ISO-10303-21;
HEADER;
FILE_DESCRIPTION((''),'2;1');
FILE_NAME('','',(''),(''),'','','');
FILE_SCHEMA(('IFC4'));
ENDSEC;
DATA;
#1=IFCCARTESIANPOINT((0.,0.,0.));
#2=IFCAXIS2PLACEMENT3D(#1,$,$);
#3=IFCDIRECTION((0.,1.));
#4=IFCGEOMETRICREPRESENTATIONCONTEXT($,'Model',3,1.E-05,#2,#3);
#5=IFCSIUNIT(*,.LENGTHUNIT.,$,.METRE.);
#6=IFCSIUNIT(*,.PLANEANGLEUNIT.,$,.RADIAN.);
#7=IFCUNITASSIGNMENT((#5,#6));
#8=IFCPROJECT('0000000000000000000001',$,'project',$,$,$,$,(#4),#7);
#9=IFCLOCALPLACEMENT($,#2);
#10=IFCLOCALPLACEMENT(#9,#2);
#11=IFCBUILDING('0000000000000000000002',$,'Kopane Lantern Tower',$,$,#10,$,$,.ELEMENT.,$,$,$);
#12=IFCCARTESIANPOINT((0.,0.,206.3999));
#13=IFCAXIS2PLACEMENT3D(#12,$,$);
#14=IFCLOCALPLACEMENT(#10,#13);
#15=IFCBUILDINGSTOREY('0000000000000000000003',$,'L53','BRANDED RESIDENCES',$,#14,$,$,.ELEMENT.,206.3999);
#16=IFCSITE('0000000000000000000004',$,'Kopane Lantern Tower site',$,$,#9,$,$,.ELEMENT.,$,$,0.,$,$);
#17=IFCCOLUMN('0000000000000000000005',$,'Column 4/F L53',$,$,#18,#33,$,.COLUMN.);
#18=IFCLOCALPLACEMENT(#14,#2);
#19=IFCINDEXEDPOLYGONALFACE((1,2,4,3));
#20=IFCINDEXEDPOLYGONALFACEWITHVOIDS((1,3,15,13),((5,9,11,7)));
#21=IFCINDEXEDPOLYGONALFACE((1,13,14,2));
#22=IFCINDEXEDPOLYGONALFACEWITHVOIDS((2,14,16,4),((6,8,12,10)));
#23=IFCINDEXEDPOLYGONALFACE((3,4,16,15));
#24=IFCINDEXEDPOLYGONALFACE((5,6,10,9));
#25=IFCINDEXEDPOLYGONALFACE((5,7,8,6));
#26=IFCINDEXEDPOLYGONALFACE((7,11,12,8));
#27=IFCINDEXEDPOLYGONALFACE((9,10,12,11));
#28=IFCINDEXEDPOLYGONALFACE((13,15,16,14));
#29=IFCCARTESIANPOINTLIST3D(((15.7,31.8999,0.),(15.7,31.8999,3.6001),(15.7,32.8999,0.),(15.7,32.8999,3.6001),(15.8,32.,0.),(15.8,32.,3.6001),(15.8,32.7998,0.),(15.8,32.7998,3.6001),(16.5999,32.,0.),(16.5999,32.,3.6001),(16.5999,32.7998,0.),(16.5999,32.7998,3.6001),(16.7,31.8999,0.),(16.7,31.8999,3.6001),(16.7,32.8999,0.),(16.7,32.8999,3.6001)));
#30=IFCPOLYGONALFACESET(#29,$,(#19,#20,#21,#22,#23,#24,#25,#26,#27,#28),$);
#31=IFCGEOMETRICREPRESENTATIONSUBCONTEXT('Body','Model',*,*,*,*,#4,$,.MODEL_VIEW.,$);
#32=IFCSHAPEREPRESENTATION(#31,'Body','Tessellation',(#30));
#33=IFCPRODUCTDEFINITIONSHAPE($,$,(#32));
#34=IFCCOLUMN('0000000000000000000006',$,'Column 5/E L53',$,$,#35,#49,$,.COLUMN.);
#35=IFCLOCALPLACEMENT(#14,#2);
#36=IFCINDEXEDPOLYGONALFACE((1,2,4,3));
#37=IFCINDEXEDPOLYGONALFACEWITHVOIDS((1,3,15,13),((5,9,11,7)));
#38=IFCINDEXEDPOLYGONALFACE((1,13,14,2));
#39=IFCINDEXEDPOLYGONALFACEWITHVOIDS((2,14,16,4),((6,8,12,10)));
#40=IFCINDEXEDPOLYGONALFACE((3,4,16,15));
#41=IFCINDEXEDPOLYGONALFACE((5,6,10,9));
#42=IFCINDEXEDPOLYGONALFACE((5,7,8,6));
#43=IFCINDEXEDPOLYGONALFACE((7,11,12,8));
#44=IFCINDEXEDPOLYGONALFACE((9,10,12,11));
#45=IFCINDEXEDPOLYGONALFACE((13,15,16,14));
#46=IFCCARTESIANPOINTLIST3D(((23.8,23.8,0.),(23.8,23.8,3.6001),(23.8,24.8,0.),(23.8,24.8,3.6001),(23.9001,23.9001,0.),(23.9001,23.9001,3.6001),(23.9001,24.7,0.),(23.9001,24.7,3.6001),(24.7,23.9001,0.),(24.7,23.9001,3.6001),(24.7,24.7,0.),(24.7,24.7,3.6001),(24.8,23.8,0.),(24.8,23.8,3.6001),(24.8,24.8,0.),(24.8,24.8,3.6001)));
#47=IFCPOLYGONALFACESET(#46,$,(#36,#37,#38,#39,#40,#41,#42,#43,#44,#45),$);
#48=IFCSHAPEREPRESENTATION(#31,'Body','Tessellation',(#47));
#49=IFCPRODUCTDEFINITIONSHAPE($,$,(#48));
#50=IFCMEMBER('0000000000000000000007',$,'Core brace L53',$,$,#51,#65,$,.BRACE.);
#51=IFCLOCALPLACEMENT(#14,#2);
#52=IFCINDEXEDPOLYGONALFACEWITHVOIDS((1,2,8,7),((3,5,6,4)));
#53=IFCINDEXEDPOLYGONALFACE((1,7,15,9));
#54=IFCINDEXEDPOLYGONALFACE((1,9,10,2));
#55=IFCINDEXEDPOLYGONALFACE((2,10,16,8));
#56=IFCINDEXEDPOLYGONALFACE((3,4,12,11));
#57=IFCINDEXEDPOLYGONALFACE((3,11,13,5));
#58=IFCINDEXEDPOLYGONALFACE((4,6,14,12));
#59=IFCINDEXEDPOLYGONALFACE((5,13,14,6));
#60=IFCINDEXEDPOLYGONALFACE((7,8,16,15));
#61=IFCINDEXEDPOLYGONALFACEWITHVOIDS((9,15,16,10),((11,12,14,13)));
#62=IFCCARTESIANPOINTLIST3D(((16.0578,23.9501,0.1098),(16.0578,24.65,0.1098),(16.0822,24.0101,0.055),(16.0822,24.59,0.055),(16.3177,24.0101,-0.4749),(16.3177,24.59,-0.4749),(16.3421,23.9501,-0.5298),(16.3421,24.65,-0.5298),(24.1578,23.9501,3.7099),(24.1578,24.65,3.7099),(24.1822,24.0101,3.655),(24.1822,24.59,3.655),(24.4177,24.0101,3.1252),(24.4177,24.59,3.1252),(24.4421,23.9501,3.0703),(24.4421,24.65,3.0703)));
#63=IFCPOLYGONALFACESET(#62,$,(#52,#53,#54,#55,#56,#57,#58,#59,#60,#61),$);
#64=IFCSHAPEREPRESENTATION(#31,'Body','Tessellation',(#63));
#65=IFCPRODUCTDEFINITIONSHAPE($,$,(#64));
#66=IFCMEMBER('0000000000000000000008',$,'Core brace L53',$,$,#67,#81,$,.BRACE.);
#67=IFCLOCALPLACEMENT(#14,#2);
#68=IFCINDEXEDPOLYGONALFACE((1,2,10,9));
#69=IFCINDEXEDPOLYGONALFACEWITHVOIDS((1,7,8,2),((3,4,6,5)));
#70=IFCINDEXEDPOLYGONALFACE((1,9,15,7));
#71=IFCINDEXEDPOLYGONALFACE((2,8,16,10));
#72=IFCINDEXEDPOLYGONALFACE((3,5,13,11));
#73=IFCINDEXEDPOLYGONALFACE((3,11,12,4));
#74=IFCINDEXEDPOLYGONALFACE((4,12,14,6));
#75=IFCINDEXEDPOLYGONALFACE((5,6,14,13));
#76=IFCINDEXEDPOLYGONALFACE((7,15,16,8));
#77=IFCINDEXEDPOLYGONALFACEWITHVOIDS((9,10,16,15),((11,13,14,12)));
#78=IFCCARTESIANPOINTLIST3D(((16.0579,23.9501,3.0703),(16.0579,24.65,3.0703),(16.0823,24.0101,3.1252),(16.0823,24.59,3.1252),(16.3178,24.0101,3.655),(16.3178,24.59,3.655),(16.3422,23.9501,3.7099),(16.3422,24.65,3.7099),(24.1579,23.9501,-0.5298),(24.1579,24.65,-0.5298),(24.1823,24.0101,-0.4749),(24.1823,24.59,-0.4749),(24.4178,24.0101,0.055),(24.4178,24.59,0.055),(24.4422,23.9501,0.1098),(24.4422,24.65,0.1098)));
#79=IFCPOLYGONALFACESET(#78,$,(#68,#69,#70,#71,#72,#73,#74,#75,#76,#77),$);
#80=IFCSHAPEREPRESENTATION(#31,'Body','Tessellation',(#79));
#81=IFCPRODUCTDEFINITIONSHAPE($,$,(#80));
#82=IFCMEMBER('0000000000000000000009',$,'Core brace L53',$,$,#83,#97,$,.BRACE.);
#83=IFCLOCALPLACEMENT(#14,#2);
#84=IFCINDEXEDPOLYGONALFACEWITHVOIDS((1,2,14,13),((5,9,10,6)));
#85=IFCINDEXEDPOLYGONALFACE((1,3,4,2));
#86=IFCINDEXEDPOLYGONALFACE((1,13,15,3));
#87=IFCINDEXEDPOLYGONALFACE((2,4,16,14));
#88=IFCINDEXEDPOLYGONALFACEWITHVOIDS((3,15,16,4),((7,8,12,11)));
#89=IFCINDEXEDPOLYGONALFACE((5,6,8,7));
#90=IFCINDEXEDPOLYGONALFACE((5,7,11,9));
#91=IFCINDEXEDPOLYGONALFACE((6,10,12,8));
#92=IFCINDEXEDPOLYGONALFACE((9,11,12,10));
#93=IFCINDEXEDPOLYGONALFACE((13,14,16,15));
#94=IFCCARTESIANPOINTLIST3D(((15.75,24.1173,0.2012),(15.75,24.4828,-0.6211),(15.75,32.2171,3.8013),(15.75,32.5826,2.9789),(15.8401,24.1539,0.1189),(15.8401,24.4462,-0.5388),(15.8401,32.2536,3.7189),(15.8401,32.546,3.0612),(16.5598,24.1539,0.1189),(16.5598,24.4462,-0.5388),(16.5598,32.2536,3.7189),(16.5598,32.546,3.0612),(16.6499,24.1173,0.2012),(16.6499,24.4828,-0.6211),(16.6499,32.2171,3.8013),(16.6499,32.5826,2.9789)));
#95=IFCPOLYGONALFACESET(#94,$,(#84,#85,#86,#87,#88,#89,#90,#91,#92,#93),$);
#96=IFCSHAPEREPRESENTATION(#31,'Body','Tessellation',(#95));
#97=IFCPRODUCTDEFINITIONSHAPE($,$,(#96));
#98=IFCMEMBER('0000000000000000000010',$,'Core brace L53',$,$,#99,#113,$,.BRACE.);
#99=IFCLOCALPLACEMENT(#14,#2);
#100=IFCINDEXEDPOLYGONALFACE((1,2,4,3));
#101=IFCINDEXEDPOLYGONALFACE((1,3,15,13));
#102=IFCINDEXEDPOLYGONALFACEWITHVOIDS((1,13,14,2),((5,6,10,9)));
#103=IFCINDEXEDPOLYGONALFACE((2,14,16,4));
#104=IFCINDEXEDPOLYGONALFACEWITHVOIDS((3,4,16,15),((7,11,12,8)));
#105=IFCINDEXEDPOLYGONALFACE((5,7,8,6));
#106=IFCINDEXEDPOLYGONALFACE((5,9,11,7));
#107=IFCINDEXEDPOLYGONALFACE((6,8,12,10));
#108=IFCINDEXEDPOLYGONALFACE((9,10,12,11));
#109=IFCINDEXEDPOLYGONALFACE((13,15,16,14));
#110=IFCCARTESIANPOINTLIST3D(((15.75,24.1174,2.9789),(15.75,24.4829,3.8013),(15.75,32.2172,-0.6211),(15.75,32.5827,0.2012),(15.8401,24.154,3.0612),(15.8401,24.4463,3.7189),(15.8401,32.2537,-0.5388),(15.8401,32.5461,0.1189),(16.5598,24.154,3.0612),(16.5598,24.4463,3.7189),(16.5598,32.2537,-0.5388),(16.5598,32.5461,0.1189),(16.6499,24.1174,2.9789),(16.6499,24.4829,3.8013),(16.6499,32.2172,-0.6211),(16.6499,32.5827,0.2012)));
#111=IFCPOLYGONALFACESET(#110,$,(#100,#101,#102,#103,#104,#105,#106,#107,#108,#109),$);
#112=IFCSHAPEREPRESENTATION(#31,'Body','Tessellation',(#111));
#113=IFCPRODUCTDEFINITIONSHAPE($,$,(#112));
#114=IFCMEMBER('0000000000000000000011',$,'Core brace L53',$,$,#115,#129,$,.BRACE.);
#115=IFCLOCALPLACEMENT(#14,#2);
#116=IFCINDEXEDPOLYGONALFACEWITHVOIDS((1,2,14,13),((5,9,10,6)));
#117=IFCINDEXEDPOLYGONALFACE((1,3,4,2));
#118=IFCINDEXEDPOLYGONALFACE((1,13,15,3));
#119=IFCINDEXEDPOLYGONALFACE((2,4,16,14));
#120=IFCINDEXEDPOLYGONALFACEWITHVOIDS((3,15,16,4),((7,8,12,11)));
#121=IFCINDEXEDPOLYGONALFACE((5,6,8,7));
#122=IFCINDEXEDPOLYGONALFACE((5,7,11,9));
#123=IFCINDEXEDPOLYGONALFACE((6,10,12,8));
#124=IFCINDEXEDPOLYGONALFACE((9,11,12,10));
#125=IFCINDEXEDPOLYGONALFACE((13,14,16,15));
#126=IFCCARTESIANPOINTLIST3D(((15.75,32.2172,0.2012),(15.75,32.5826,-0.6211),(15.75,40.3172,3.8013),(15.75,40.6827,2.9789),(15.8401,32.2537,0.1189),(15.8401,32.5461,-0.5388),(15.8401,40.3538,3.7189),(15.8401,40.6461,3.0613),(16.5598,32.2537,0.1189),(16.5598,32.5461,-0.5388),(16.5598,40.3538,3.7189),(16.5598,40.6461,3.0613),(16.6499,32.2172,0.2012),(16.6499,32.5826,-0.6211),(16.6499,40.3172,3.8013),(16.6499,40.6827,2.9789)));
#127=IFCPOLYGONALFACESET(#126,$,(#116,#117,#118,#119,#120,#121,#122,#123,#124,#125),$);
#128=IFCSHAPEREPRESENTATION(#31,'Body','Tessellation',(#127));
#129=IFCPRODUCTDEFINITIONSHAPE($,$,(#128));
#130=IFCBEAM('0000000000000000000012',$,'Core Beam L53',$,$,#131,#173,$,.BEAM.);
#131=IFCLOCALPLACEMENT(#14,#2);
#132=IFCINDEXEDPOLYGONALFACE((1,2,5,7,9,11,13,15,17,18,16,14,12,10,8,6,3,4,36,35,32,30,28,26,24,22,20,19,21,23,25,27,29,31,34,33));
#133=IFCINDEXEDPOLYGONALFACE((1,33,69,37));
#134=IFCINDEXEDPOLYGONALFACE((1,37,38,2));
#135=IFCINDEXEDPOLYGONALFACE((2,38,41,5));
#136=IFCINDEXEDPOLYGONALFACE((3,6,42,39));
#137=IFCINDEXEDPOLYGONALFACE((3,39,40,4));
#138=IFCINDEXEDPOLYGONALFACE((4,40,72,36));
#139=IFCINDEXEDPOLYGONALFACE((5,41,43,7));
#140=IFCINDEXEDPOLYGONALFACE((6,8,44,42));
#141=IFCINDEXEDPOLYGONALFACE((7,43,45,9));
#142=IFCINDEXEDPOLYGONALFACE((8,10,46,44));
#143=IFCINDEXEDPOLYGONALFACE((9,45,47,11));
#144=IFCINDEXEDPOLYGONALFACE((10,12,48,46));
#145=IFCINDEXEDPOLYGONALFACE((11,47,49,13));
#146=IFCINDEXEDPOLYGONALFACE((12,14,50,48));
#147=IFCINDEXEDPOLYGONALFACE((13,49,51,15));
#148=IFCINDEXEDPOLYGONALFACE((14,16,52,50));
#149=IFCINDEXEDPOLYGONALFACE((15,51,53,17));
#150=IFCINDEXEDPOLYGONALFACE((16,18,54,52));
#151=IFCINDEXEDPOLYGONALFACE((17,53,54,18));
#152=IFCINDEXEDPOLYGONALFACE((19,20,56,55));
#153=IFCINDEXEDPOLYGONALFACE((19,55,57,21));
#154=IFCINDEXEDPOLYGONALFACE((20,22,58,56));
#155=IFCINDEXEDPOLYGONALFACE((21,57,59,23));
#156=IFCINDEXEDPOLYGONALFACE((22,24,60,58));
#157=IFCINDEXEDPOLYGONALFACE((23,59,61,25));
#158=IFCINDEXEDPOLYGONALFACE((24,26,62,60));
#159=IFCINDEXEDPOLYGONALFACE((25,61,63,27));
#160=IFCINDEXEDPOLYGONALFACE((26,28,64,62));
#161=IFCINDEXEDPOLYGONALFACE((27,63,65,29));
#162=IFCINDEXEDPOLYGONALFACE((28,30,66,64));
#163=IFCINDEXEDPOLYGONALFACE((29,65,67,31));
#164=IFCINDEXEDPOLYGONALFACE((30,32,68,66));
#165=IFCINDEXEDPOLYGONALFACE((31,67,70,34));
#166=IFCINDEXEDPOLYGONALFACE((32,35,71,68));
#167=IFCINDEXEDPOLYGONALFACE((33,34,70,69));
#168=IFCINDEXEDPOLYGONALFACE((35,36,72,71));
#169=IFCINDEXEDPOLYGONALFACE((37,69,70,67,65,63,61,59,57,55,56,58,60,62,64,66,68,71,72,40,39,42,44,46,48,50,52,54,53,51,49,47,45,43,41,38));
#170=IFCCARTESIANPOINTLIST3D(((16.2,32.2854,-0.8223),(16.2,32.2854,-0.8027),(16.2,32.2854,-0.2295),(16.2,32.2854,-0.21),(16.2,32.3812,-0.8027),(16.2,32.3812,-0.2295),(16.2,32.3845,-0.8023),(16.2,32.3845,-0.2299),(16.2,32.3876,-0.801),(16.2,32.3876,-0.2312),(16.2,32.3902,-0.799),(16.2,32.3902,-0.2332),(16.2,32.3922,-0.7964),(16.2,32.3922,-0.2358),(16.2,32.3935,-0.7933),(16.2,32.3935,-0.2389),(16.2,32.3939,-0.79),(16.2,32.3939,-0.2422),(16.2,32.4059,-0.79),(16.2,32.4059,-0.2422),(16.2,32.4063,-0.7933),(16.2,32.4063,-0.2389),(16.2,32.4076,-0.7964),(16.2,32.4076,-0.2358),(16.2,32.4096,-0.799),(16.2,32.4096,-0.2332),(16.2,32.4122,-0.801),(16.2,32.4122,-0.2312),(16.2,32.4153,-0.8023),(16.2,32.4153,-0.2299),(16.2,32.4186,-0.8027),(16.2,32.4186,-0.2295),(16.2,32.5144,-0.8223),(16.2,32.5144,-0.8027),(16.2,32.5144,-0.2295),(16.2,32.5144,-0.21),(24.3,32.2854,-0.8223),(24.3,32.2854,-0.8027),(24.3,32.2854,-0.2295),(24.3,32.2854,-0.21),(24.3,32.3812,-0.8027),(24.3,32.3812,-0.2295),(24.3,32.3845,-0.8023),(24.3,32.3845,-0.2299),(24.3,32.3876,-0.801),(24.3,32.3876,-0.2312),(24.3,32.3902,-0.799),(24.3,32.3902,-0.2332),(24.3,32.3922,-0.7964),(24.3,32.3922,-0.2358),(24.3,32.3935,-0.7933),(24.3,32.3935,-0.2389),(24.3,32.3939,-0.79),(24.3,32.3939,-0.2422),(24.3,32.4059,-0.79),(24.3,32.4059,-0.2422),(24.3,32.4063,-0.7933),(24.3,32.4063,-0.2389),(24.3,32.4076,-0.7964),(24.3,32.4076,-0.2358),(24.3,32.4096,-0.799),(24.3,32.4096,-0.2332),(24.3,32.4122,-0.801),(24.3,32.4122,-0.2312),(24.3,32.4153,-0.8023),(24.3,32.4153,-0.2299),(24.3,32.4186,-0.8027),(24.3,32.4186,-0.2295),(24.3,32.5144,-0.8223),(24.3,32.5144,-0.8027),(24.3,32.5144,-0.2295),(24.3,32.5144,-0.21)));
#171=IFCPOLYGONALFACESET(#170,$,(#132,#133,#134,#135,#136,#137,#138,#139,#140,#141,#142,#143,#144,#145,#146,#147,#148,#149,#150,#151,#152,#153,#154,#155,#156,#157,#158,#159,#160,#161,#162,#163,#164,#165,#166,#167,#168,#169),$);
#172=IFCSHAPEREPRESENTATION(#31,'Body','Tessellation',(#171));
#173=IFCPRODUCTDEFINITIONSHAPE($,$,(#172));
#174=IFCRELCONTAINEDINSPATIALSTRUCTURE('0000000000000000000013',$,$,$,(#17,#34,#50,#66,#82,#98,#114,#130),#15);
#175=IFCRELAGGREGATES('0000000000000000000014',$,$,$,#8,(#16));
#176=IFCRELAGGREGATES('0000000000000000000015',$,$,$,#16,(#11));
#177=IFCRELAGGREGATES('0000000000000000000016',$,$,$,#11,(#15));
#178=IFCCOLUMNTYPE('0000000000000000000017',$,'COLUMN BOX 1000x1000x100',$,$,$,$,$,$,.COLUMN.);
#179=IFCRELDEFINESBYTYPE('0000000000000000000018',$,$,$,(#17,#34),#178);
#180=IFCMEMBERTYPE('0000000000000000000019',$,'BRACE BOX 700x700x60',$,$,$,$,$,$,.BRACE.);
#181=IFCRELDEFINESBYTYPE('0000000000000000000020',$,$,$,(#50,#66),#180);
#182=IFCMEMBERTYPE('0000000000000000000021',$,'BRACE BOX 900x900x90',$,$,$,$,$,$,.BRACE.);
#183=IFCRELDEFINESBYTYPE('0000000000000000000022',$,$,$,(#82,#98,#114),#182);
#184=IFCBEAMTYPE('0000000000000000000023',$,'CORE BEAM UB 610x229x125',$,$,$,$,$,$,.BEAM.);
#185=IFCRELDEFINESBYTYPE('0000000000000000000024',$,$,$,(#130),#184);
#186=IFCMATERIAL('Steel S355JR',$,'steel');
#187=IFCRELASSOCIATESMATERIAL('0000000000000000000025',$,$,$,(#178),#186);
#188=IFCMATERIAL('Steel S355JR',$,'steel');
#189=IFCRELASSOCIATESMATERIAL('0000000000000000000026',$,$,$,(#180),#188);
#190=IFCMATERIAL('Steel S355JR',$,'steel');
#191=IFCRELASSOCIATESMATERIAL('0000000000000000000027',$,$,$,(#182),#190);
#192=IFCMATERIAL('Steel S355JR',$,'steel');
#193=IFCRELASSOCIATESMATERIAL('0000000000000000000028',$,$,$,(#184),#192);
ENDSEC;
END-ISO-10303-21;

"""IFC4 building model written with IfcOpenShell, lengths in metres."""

from ifc_helpers import new_model, si_unit, direction, frame, origin, origin_2d, place, context, subcontext, project, spatial, hollow_rectangle, i_section, extrude, material, material_profile, profile_set, type_object, element, save


model = new_model("IFC4")

# Units and contexts
model_context = context("Model", 3, precision=1e-05, world=origin(), true_north=direction((0.0, 1.0)))
body_context = subcontext(model_context, "Body", "Model", "MODEL_VIEW")
ifc_project = project(units=[si_unit("LENGTHUNIT", "METRE"), si_unit("PLANEANGLEUNIT", "RADIAN")], contexts=[model_context])

# Site, building, storey
site_placement = place(None, origin())
site = spatial("IfcSite", under=ifc_project, at=site_placement, Name="Kopane Lantern Tower site", CompositionType="ELEMENT", RefElevation=0.0)
building_placement = place(site_placement, origin())
building = spatial("IfcBuilding", under=site, at=building_placement, Name="Kopane Lantern Tower", CompositionType="ELEMENT")
storey_placement = place(building_placement, frame((0.0, 0.0, 206.3999)))
storey = spatial("IfcBuildingStorey", under=building, at=storey_placement, Name="L53", Description="BRANDED RESIDENCES", CompositionType="ELEMENT", Elevation=206.3999)

# Columns
ifc_material_1 = material(Name="Steel S355JR", Category="steel")
ifc_material_profile_1 = material_profile(ifc_material_1, hollow_rectangle(XDim=1.0, YDim=1.0, WallThickness=0.1001, at=origin_2d()), Name="BOX 1000x1000x100")
ifc_profile_set_1 = profile_set([ifc_material_profile_1], Name="Steel S355JR")
column_type = type_object("IfcColumnType", Name="COLUMN BOX 1000x1000x100", PredefinedType="COLUMN", material=ifc_profile_set_1)
for number, where, z_axis, x_axis, name in (
    (1, (16.2, 32.3999, 0.0), (0.0, 0.0, 1.0), (1.0, 0.0, 0.0), "Column 4/F L53"),
    (2, (24.3, 24.3, 0.0), (0.0, 0.0, 1.0), (1.0, 0.0, 0.0), "Column 5/E L53"),
):
    element("IfcColumn", number, at=place(storey_placement, frame(where, z_axis=z_axis, x_axis=x_axis)), inside=storey, type_object=column_type, Name=name, PredefinedType="COLUMN", context=body_context, shape_type="SweptSolid", body=[
        extrude(hollow_rectangle(XDim=1.0, YDim=1.0, WallThickness=0.1001, at=origin_2d()), origin(), (0.0, 0.0, 1.0), 3.6001),
    ])

# Members
ifc_material_2 = material(Name="Steel S355JR", Category="steel")
ifc_material_profile_2 = material_profile(ifc_material_2, hollow_rectangle(XDim=0.7, YDim=0.7, WallThickness=0.0601, at=origin_2d()), Name="BOX 700x700x60")
ifc_profile_set_2 = profile_set([ifc_material_profile_2], Name="Steel S355JR")
member_type_1 = type_object("IfcMemberType", Name="BRACE BOX 700x700x60", PredefinedType="BRACE", material=ifc_profile_set_2)
for number, where, z_axis, x_axis, name in (
    (3, (16.2, 24.3, -0.21), (0.913809, 0.0, 0.406144), (0.0, 1.0, 0.0), "Core brace L53"),
    (4, (24.3, 24.3, -0.21), (-0.913809, 0.0, 0.406144), (0.0, -1.0, 0.0), "Core brace L53"),
):
    element("IfcMember", number, at=place(storey_placement, frame(where, z_axis=z_axis, x_axis=x_axis)), inside=storey, type_object=member_type_1, Name=name, PredefinedType="BRACE", context=body_context, shape_type="SweptSolid", body=[
        extrude(hollow_rectangle(XDim=0.7, YDim=0.7, WallThickness=0.0601, at=origin_2d()), origin(), (0.0, 0.0, 1.0), 8.864),
    ])
ifc_material_3 = material(Name="Steel S355JR", Category="steel")
ifc_material_profile_3 = material_profile(ifc_material_3, hollow_rectangle(XDim=0.8999, YDim=0.8999, WallThickness=0.0901, at=origin_2d()), Name="BOX 900x900x90")
ifc_profile_set_3 = profile_set([ifc_material_profile_3], Name="Steel S355JR")
member_type_2 = type_object("IfcMemberType", Name="BRACE BOX 900x900x90", PredefinedType="BRACE", material=ifc_profile_set_3)
for number, where, z_axis, x_axis, name in (
    (5, (16.2, 24.3, -0.21), (0.0, 0.913805, 0.406154), (-1.0, 0.0, 0.0), "Core brace L53"),
    (6, (16.2, 32.3999, -0.21), (0.0, -0.913805, 0.406154), (1.0, 0.0, 0.0), "Core brace L53"),
):
    element("IfcMember", number, at=place(storey_placement, frame(where, z_axis=z_axis, x_axis=x_axis)), inside=storey, type_object=member_type_2, Name=name, PredefinedType="BRACE", context=body_context, shape_type="SweptSolid", body=[
        extrude(hollow_rectangle(XDim=0.8999, YDim=0.8999, WallThickness=0.0901, at=origin_2d()), origin(), (0.0, 0.0, 1.0), 8.8638),
    ])
member_placement = place(storey_placement, frame((16.2, 32.3999, -0.21), z_axis=(0.0, 0.913809, 0.406144), x_axis=(-1.0, 0.0, 0.0)))
element("IfcMember", 7, at=member_placement, inside=storey, type_object=member_type_2, Name="Core brace L53", PredefinedType="BRACE", context=body_context, shape_type="SweptSolid", body=[
    extrude(hollow_rectangle(XDim=0.8999, YDim=0.8999, WallThickness=0.0901, at=origin_2d()), origin(), (0.0, 0.0, 1.0), 8.864),
])

# Beam
ifc_material_4 = material(Name="Steel S355JR", Category="steel")
ifc_material_profile_4 = material_profile(ifc_material_4, i_section(OverallWidth=0.229, OverallDepth=0.6123, WebThickness=0.012, FlangeThickness=0.0195, FilletRadius=0.0127, at=origin_2d()), Name="UB 610x229x125")
ifc_profile_set_4 = profile_set([ifc_material_profile_4], Name="Steel S355JR")
beam_type_1 = type_object("IfcBeamType", Name="CORE BEAM UB 610x229x125", PredefinedType="BEAM", material=ifc_profile_set_4)
beam_1_placement = place(storey_placement, frame((16.2, 32.3999, -0.5161), z_axis=(1.0, 0.0, 0.0), x_axis=(0.0, 1.0, 0.0)))
element("IfcBeam", 8, at=beam_1_placement, inside=storey, type_object=beam_type_1, Name="Core Beam L53", PredefinedType="BEAM", context=body_context, shape_type="SweptSolid", body=[
    extrude(i_section(OverallWidth=0.229, OverallDepth=0.6123, WebThickness=0.012, FlangeThickness=0.0195, FilletRadius=0.0127, at=origin_2d()), origin(), (0.0, 0.0, 1.0), 8.1001),
])

save(model, "model.ifc")
